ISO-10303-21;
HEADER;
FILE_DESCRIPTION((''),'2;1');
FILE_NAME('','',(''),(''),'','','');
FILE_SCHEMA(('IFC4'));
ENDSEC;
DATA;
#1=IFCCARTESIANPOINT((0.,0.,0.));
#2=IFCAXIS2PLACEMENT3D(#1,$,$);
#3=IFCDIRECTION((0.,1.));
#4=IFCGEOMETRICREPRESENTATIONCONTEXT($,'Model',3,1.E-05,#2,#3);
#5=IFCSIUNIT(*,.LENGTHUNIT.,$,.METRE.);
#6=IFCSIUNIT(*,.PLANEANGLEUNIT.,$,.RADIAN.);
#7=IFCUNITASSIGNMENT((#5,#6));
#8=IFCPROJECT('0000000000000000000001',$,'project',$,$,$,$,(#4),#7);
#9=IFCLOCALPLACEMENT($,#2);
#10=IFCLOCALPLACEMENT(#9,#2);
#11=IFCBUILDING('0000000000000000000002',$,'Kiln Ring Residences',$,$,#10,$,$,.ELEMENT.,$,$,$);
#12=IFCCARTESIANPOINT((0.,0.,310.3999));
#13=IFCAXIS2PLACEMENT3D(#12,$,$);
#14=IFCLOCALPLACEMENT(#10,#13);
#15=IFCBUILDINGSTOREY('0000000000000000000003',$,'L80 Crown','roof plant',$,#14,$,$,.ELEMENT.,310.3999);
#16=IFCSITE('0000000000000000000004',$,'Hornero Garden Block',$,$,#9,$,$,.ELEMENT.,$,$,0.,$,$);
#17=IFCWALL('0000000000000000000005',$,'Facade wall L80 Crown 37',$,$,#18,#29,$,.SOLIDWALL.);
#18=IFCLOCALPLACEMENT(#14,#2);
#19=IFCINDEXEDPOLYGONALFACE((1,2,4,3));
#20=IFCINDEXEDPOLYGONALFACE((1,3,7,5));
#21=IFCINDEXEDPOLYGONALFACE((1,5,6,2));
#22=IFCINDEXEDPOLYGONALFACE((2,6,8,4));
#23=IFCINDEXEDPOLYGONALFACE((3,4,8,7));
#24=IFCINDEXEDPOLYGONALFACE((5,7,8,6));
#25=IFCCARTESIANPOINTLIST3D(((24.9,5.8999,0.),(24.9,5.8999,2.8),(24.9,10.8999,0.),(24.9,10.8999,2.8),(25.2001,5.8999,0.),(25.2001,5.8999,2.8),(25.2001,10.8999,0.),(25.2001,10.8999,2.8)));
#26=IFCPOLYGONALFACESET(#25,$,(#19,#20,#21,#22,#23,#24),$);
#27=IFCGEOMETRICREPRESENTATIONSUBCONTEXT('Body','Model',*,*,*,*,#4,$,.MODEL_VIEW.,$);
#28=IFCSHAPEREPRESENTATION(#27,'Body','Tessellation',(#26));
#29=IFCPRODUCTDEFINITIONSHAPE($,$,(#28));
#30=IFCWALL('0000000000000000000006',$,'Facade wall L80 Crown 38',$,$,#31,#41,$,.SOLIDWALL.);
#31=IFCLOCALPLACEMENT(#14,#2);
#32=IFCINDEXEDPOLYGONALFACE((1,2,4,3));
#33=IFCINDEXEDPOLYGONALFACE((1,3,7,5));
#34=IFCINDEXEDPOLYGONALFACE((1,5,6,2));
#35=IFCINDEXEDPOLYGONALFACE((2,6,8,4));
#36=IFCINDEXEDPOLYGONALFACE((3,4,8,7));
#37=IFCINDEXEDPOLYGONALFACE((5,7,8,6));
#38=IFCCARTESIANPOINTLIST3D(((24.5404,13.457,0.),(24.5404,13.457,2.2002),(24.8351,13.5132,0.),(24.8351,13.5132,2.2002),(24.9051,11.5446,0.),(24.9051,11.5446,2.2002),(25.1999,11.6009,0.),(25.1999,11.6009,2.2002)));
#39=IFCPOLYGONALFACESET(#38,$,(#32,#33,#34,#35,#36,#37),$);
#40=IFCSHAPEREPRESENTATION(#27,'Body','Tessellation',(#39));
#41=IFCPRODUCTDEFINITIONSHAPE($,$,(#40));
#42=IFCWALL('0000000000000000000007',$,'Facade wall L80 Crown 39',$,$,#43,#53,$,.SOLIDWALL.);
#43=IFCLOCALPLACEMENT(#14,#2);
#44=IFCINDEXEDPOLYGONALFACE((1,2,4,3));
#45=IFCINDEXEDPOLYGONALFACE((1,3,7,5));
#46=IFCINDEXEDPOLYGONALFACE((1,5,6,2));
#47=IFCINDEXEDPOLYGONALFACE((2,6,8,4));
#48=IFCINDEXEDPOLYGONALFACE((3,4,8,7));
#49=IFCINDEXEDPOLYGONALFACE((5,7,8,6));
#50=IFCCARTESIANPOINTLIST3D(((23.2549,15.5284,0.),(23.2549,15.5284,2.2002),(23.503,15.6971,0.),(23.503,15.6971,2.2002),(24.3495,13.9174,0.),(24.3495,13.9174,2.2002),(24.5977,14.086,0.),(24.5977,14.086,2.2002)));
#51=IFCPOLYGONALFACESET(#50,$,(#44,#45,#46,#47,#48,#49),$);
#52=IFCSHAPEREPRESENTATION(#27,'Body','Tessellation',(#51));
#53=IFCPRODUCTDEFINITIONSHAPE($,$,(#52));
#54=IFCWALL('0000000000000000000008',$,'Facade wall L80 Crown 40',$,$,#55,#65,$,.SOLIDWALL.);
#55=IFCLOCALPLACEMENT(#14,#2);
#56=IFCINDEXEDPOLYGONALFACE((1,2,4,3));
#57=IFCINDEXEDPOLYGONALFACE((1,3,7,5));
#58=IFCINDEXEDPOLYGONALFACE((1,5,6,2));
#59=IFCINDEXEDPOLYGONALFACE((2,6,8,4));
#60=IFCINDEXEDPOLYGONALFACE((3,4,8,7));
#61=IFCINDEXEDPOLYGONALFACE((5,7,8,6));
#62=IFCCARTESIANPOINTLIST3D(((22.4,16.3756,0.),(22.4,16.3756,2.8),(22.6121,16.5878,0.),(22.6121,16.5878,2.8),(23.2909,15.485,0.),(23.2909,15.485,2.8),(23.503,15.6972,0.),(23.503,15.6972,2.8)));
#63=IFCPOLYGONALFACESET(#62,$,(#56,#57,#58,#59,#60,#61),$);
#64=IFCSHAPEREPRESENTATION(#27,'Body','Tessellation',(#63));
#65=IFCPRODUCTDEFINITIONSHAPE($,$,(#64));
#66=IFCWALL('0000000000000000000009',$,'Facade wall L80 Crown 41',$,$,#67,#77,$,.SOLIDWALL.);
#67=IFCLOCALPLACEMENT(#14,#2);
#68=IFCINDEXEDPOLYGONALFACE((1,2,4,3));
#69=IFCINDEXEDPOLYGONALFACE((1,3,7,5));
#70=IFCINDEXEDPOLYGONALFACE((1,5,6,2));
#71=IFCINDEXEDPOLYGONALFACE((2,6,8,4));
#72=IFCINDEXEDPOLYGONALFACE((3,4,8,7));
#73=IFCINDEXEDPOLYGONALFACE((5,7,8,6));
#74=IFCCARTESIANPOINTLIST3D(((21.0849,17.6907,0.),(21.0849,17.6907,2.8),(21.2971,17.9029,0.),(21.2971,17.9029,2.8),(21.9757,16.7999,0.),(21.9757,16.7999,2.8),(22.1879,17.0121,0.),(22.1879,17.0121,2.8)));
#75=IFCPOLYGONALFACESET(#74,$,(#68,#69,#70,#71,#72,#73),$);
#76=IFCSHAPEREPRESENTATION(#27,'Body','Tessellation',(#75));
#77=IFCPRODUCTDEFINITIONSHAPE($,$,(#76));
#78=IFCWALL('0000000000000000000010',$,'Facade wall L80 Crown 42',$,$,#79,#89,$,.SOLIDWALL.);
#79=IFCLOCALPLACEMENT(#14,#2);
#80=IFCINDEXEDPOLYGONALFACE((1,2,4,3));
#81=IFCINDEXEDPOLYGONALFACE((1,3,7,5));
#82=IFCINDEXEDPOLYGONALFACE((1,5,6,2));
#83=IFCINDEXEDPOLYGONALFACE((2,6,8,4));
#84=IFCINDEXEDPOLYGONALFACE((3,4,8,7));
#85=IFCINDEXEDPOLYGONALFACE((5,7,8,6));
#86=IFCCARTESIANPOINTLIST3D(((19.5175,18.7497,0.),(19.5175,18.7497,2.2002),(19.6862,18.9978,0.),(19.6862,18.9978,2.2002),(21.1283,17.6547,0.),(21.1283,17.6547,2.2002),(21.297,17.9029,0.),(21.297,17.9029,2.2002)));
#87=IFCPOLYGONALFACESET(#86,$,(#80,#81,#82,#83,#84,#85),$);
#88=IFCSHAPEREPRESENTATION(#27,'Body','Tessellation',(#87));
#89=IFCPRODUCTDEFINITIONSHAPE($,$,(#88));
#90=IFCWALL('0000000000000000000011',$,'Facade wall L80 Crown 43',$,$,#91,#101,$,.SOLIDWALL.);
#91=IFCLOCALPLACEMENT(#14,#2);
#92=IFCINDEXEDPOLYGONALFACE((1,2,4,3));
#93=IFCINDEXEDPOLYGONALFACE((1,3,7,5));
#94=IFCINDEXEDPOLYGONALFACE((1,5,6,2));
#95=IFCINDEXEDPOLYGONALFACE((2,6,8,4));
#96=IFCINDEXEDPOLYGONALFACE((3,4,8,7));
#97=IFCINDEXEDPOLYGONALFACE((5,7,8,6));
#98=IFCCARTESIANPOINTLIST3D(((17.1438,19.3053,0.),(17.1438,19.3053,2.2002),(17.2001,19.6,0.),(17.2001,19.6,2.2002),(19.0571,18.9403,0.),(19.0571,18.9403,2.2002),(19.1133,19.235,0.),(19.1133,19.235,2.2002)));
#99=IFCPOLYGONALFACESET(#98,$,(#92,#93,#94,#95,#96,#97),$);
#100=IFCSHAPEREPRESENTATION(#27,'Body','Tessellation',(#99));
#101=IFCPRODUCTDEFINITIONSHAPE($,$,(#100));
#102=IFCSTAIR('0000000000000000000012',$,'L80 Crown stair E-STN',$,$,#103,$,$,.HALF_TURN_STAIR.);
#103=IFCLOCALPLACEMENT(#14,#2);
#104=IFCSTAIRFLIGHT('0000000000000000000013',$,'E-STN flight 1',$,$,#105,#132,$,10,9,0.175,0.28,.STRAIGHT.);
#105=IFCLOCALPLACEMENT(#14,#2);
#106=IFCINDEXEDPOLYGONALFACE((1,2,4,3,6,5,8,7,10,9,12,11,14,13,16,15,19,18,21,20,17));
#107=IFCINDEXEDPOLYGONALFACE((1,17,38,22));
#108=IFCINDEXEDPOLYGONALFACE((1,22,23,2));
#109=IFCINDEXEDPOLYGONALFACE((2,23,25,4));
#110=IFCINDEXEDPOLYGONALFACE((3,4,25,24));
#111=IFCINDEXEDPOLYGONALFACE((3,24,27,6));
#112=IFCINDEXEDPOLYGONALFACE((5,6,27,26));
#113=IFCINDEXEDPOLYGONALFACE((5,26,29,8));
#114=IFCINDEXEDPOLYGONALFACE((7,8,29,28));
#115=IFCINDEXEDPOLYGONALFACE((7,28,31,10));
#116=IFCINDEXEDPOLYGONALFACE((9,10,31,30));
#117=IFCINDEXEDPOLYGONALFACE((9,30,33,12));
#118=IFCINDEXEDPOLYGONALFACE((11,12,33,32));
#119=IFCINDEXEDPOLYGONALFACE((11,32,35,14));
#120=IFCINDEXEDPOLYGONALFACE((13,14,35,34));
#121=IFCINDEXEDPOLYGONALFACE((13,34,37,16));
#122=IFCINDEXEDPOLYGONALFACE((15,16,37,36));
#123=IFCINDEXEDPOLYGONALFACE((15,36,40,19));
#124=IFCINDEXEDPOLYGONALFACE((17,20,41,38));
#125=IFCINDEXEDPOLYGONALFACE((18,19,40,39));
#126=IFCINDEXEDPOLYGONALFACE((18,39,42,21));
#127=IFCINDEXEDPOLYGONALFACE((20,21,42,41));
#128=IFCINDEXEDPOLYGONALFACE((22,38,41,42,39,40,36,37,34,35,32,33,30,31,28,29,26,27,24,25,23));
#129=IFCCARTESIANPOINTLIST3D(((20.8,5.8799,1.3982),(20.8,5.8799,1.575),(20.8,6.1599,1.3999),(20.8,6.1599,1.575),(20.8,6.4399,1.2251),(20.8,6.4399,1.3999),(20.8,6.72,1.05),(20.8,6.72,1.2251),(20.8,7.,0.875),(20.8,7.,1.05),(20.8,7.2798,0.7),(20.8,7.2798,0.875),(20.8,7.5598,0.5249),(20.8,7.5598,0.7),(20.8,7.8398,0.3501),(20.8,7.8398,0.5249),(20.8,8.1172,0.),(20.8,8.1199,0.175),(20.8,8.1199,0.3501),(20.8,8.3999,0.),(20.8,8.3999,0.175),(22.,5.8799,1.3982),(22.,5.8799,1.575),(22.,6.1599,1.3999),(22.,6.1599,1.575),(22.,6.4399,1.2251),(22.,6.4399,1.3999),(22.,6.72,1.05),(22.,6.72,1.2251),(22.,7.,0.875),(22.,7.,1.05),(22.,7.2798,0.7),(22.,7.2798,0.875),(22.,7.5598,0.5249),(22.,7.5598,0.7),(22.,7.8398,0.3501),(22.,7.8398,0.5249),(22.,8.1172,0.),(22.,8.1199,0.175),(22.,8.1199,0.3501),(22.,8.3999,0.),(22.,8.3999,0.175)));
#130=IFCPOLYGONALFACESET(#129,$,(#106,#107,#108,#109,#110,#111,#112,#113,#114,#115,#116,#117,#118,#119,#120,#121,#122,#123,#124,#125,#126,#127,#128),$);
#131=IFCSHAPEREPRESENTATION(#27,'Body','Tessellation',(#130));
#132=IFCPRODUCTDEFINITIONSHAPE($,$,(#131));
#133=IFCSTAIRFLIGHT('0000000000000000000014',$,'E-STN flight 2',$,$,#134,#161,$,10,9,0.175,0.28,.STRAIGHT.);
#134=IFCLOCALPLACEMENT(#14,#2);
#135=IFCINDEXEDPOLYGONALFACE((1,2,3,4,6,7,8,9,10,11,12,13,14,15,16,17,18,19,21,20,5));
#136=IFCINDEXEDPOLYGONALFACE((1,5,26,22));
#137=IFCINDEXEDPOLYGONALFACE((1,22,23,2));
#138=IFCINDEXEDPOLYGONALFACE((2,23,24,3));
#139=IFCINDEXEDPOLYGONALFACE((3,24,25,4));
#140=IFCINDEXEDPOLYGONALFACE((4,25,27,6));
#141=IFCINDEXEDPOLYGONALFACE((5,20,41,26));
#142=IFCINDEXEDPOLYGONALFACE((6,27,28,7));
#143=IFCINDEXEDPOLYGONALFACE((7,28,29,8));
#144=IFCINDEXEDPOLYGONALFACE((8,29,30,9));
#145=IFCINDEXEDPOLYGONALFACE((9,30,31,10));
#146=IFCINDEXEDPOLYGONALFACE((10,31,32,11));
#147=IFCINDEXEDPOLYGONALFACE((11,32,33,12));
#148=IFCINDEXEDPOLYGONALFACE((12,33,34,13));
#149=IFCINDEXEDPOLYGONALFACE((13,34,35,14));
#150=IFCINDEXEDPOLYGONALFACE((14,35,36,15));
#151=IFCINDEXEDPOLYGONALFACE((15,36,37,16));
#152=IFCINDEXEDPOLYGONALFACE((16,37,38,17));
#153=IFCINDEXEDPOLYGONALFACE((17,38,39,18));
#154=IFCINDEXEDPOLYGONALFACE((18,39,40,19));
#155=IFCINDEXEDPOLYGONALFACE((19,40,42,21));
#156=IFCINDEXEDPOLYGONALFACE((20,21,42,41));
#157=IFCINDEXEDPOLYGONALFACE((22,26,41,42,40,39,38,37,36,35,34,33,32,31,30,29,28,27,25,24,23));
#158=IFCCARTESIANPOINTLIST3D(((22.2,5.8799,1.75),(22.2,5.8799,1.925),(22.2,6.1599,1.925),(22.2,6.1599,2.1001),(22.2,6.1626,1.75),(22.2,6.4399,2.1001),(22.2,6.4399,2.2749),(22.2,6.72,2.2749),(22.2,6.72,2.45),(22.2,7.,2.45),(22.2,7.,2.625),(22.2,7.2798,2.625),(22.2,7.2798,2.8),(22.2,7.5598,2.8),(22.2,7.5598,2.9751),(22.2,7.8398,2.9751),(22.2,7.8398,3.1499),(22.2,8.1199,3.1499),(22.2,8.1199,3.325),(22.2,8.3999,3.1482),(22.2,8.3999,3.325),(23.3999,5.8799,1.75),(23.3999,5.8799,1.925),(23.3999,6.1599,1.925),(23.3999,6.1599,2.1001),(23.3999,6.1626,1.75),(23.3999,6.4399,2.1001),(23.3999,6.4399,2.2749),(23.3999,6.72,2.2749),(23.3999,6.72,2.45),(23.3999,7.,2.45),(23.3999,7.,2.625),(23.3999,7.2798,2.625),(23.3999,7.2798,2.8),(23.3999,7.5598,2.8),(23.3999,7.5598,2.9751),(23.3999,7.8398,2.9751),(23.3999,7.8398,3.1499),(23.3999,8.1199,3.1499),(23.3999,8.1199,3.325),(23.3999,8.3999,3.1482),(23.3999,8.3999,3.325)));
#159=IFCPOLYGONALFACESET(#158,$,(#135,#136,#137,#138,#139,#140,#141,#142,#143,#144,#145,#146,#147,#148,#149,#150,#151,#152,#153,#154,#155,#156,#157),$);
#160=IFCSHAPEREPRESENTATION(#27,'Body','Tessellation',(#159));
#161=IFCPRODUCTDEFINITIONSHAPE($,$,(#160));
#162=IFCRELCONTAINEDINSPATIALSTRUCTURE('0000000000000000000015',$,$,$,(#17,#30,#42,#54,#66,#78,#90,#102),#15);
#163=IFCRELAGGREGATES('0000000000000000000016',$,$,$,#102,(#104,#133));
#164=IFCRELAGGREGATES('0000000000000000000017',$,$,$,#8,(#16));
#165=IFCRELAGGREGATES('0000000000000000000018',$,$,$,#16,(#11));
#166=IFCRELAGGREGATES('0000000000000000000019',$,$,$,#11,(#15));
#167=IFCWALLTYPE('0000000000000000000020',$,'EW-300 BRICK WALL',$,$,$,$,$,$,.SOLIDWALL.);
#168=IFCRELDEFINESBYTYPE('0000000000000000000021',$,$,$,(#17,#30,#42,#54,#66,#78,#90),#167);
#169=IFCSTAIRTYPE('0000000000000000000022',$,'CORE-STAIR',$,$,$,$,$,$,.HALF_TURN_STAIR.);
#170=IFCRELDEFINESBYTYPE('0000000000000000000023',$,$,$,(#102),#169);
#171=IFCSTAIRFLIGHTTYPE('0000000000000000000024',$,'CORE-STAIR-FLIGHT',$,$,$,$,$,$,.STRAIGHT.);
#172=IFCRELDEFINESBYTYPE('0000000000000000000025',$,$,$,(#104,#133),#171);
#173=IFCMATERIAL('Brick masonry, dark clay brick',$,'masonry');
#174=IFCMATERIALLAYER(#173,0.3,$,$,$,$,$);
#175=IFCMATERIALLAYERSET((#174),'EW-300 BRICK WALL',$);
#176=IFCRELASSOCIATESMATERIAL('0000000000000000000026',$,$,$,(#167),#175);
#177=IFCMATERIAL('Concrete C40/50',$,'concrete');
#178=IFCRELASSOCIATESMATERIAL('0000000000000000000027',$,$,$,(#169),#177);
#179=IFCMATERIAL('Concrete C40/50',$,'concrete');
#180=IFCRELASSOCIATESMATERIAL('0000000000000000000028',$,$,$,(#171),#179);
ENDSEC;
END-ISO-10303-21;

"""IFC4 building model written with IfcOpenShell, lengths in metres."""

from ifc_helpers import new_model, si_unit, direction, frame, frame_2d, origin, place, context, subcontext, project, spatial, polyline, rectangle, outline, extrude, material, layer, layer_set, type_object, element, aggregate, save


model = new_model("IFC4")

# Units and contexts
model_context = context("Model", 3, precision=1e-05, world=origin(), true_north=direction((0.0, 1.0)))
body_context = subcontext(model_context, "Body", "Model", "MODEL_VIEW")
ifc_project = project(units=[si_unit("LENGTHUNIT", "METRE"), si_unit("PLANEANGLEUNIT", "RADIAN")], contexts=[model_context])

# Site, building, storey
site_placement = place(None, origin())
site = spatial("IfcSite", under=ifc_project, at=site_placement, Name="Hornero Garden Block", CompositionType="ELEMENT", RefElevation=0.0)
building_placement = place(site_placement, origin())
building = spatial("IfcBuilding", under=site, at=building_placement, Name="Kiln Ring Residences", CompositionType="ELEMENT")
storey_placement = place(building_placement, frame((0.0, 0.0, 310.3999)))
storey = spatial("IfcBuildingStorey", under=building, at=storey_placement, Name="L80 Crown", Description="roof plant", CompositionType="ELEMENT", Elevation=310.3999)

# Walls
ifc_material_1 = material(Name="Brick masonry, dark clay brick", Category="masonry")
ifc_layer_1 = layer(ifc_material_1, 0.3)
ifc_layer_set_1 = layer_set([ifc_layer_1], Name="EW-300 BRICK WALL")
wall_type_1 = type_object("IfcWallType", Name="EW-300 BRICK WALL", PredefinedType="SOLIDWALL", material=ifc_layer_set_1)
wall_1_placement = place(storey_placement, frame((25.05, 5.8999, 0.0), z_axis=(0.0, 0.0, 1.0), x_axis=(0.0, 1.0, 0.0)))
element("IfcWall", 1, at=wall_1_placement, inside=storey, type_object=wall_type_1, Name="Facade wall L80 Crown 37", PredefinedType="SOLIDWALL", context=body_context, shape_type="SweptSolid", body=[
    extrude(rectangle(XDim=5.0, YDim=0.3, at=frame_2d((2.5, 0.0))), origin(), (0.0, 0.0, 1.0), 2.8),
])
wall_2_placement = place(storey_placement, frame((25.0525, 11.5728, 0.0), z_axis=(0.0, 0.0, 1.0), x_axis=(-0.187354, 0.982292, 0.0)))
element("IfcWall", 2, at=wall_2_placement, inside=storey, type_object=wall_type_1, Name="Facade wall L80 Crown 38", PredefinedType="SOLIDWALL", context=body_context, shape_type="SweptSolid", body=[
    extrude(rectangle(XDim=1.9468, YDim=0.3, at=frame_2d((0.9734, 0.0))), origin(), (0.0, 0.0, 1.0), 2.2002),
])
wall_3_placement = place(storey_placement, frame((24.4736, 14.0017, 0.0), z_axis=(0.0, 0.0, 1.0), x_axis=(-0.562025, 0.82712, 0.0)))
element("IfcWall", 3, at=wall_3_placement, inside=storey, type_object=wall_type_1, Name="Facade wall L80 Crown 39", PredefinedType="SOLIDWALL", context=body_context, shape_type="SweptSolid", body=[
    extrude(rectangle(XDim=1.9478, YDim=0.3, at=frame_2d((0.9739, 0.0))), origin(), (0.0, 0.0, 1.0), 2.2002),
])
for number, where, z_axis, x_axis, name in (
    (4, (23.397, 15.5911, 0.0), (0.0, 0.0, 1.0), (-0.707204, 0.70701, 0.0), "Facade wall L80 Crown 40"),
    (5, (22.0818, 16.906, 0.0), (0.0, 0.0, 1.0), (-0.707107, 0.707107, 0.0), "Facade wall L80 Crown 41"),
):
    element("IfcWall", number, at=place(storey_placement, frame(where, z_axis=z_axis, x_axis=x_axis)), inside=storey, type_object=wall_type_1, Name=name, PredefinedType="SOLIDWALL", context=body_context, shape_type="SweptSolid", body=[
        extrude(rectangle(XDim=1.2598, YDim=0.3, at=frame_2d((0.6299, 0.0))), origin(), (0.0, 0.0, 1.0), 2.8),
    ])
for number, where, z_axis, x_axis, name in (
    (6, (21.2126, 17.7788, 0.0), (0.0, 0.0, 1.0), (-0.827022, 0.562169, 0.0), "Facade wall L80 Crown 42"),
    (7, (19.0852, 19.0876, 0.0), (0.0, 0.0, 1.0), (-0.982287, 0.187383, 0.0), "Facade wall L80 Crown 43"),
):
    element("IfcWall", number, at=place(storey_placement, frame(where, z_axis=z_axis, x_axis=x_axis)), inside=storey, type_object=wall_type_1, Name=name, PredefinedType="SOLIDWALL", context=body_context, shape_type="SweptSolid", body=[
        extrude(rectangle(XDim=1.9478, YDim=0.3, at=frame_2d((0.9739, 0.0))), origin(), (0.0, 0.0, 1.0), 2.2002),
    ])

# Stair, stair flights
ifc_material_2 = material(Name="Concrete C40/50", Category="concrete")
stair_type = type_object("IfcStairType", Name="CORE-STAIR", PredefinedType="HALF_TURN_STAIR", material=ifc_material_2)
stair_placement = place(storey_placement, origin())
stair = element("IfcStair", 8, at=stair_placement, inside=storey, type_object=stair_type, Name="L80 Crown stair E-STN", PredefinedType="HALF_TURN_STAIR")
ifc_material_3 = material(Name="Concrete C40/50", Category="concrete")
stair_flight_type = type_object("IfcStairFlightType", Name="CORE-STAIR-FLIGHT", PredefinedType="STRAIGHT", material=ifc_material_3)
stair_flight_1_placement = place(storey_placement, frame((21.3999, 8.3999, 0.0), z_axis=(0.0, 0.0, 1.0), x_axis=(0.0, -1.0, 0.0)))
stair_flight_1 = element("IfcStairFlight", 9, at=stair_flight_1_placement, type_object=stair_flight_type, Name="E-STN flight 1", NumberOfRisers=10, NumberOfTreads=9, PredefinedType="STRAIGHT", RiserHeight=0.175, TreadLength=0.28, context=body_context, shape_type="SweptSolid", body=[
    extrude(outline(polyline([(0.0, 0.0), (0.0, 0.175), (0.28, 0.175), (0.28, 0.3501), (0.5601, 0.3501), (0.5601, 0.5249), (0.8401, 0.5249), (0.8401, 0.7), (1.1201, 0.7), (1.1201, 0.875), (1.3999, 0.875), (1.3999, 1.05), (1.6799, 1.05), (1.6799, 1.2251), (1.96, 1.2251), (1.96, 1.3999), (2.24, 1.3999), (2.24, 1.575), (2.52, 1.575), (2.52, 1.75), (2.52, 1.3982), (0.2827, 0.0), (0.0, 0.0)])), frame((0.0, 0.6001, 0.0), z_axis=(0.0, -1.0, 0.0), x_axis=(1.0, 0.0, 0.0)), (0.0, 0.0, 1.0), 1.2),
])
stair_flight_2_placement = place(storey_placement, frame((22.8, 5.8799, 1.75), z_axis=(0.0, 0.0, 1.0), x_axis=(0.0, 1.0, 0.0)))
stair_flight_2 = element("IfcStairFlight", 10, at=stair_flight_2_placement, type_object=stair_flight_type, Name="E-STN flight 2", NumberOfRisers=10, NumberOfTreads=9, PredefinedType="STRAIGHT", RiserHeight=0.175, TreadLength=0.28, context=body_context, shape_type="SweptSolid", body=[
    extrude(outline(polyline([(0.0, 0.0), (0.0, 0.175), (0.28, 0.175), (0.28, 0.3501), (0.5601, 0.3501), (0.5601, 0.5249), (0.8401, 0.5249), (0.8401, 0.7), (1.1201, 0.7), (1.1201, 0.875), (1.3999, 0.875), (1.3999, 1.05), (1.6799, 1.05), (1.6799, 1.2251), (1.96, 1.2251), (1.96, 1.3999), (2.24, 1.3999), (2.24, 1.575), (2.52, 1.575), (2.52, 1.75), (2.52, 1.3982), (0.2827, 0.0), (0.0, 0.0)])), frame((0.0, 0.6001, 0.0), z_axis=(0.0, -1.0, 0.0), x_axis=(1.0, 0.0, 0.0)), (0.0, 0.0, 1.0), 1.2),
])
aggregate(stair, [stair_flight_1, stair_flight_2])

save(model, "model.ifc")
